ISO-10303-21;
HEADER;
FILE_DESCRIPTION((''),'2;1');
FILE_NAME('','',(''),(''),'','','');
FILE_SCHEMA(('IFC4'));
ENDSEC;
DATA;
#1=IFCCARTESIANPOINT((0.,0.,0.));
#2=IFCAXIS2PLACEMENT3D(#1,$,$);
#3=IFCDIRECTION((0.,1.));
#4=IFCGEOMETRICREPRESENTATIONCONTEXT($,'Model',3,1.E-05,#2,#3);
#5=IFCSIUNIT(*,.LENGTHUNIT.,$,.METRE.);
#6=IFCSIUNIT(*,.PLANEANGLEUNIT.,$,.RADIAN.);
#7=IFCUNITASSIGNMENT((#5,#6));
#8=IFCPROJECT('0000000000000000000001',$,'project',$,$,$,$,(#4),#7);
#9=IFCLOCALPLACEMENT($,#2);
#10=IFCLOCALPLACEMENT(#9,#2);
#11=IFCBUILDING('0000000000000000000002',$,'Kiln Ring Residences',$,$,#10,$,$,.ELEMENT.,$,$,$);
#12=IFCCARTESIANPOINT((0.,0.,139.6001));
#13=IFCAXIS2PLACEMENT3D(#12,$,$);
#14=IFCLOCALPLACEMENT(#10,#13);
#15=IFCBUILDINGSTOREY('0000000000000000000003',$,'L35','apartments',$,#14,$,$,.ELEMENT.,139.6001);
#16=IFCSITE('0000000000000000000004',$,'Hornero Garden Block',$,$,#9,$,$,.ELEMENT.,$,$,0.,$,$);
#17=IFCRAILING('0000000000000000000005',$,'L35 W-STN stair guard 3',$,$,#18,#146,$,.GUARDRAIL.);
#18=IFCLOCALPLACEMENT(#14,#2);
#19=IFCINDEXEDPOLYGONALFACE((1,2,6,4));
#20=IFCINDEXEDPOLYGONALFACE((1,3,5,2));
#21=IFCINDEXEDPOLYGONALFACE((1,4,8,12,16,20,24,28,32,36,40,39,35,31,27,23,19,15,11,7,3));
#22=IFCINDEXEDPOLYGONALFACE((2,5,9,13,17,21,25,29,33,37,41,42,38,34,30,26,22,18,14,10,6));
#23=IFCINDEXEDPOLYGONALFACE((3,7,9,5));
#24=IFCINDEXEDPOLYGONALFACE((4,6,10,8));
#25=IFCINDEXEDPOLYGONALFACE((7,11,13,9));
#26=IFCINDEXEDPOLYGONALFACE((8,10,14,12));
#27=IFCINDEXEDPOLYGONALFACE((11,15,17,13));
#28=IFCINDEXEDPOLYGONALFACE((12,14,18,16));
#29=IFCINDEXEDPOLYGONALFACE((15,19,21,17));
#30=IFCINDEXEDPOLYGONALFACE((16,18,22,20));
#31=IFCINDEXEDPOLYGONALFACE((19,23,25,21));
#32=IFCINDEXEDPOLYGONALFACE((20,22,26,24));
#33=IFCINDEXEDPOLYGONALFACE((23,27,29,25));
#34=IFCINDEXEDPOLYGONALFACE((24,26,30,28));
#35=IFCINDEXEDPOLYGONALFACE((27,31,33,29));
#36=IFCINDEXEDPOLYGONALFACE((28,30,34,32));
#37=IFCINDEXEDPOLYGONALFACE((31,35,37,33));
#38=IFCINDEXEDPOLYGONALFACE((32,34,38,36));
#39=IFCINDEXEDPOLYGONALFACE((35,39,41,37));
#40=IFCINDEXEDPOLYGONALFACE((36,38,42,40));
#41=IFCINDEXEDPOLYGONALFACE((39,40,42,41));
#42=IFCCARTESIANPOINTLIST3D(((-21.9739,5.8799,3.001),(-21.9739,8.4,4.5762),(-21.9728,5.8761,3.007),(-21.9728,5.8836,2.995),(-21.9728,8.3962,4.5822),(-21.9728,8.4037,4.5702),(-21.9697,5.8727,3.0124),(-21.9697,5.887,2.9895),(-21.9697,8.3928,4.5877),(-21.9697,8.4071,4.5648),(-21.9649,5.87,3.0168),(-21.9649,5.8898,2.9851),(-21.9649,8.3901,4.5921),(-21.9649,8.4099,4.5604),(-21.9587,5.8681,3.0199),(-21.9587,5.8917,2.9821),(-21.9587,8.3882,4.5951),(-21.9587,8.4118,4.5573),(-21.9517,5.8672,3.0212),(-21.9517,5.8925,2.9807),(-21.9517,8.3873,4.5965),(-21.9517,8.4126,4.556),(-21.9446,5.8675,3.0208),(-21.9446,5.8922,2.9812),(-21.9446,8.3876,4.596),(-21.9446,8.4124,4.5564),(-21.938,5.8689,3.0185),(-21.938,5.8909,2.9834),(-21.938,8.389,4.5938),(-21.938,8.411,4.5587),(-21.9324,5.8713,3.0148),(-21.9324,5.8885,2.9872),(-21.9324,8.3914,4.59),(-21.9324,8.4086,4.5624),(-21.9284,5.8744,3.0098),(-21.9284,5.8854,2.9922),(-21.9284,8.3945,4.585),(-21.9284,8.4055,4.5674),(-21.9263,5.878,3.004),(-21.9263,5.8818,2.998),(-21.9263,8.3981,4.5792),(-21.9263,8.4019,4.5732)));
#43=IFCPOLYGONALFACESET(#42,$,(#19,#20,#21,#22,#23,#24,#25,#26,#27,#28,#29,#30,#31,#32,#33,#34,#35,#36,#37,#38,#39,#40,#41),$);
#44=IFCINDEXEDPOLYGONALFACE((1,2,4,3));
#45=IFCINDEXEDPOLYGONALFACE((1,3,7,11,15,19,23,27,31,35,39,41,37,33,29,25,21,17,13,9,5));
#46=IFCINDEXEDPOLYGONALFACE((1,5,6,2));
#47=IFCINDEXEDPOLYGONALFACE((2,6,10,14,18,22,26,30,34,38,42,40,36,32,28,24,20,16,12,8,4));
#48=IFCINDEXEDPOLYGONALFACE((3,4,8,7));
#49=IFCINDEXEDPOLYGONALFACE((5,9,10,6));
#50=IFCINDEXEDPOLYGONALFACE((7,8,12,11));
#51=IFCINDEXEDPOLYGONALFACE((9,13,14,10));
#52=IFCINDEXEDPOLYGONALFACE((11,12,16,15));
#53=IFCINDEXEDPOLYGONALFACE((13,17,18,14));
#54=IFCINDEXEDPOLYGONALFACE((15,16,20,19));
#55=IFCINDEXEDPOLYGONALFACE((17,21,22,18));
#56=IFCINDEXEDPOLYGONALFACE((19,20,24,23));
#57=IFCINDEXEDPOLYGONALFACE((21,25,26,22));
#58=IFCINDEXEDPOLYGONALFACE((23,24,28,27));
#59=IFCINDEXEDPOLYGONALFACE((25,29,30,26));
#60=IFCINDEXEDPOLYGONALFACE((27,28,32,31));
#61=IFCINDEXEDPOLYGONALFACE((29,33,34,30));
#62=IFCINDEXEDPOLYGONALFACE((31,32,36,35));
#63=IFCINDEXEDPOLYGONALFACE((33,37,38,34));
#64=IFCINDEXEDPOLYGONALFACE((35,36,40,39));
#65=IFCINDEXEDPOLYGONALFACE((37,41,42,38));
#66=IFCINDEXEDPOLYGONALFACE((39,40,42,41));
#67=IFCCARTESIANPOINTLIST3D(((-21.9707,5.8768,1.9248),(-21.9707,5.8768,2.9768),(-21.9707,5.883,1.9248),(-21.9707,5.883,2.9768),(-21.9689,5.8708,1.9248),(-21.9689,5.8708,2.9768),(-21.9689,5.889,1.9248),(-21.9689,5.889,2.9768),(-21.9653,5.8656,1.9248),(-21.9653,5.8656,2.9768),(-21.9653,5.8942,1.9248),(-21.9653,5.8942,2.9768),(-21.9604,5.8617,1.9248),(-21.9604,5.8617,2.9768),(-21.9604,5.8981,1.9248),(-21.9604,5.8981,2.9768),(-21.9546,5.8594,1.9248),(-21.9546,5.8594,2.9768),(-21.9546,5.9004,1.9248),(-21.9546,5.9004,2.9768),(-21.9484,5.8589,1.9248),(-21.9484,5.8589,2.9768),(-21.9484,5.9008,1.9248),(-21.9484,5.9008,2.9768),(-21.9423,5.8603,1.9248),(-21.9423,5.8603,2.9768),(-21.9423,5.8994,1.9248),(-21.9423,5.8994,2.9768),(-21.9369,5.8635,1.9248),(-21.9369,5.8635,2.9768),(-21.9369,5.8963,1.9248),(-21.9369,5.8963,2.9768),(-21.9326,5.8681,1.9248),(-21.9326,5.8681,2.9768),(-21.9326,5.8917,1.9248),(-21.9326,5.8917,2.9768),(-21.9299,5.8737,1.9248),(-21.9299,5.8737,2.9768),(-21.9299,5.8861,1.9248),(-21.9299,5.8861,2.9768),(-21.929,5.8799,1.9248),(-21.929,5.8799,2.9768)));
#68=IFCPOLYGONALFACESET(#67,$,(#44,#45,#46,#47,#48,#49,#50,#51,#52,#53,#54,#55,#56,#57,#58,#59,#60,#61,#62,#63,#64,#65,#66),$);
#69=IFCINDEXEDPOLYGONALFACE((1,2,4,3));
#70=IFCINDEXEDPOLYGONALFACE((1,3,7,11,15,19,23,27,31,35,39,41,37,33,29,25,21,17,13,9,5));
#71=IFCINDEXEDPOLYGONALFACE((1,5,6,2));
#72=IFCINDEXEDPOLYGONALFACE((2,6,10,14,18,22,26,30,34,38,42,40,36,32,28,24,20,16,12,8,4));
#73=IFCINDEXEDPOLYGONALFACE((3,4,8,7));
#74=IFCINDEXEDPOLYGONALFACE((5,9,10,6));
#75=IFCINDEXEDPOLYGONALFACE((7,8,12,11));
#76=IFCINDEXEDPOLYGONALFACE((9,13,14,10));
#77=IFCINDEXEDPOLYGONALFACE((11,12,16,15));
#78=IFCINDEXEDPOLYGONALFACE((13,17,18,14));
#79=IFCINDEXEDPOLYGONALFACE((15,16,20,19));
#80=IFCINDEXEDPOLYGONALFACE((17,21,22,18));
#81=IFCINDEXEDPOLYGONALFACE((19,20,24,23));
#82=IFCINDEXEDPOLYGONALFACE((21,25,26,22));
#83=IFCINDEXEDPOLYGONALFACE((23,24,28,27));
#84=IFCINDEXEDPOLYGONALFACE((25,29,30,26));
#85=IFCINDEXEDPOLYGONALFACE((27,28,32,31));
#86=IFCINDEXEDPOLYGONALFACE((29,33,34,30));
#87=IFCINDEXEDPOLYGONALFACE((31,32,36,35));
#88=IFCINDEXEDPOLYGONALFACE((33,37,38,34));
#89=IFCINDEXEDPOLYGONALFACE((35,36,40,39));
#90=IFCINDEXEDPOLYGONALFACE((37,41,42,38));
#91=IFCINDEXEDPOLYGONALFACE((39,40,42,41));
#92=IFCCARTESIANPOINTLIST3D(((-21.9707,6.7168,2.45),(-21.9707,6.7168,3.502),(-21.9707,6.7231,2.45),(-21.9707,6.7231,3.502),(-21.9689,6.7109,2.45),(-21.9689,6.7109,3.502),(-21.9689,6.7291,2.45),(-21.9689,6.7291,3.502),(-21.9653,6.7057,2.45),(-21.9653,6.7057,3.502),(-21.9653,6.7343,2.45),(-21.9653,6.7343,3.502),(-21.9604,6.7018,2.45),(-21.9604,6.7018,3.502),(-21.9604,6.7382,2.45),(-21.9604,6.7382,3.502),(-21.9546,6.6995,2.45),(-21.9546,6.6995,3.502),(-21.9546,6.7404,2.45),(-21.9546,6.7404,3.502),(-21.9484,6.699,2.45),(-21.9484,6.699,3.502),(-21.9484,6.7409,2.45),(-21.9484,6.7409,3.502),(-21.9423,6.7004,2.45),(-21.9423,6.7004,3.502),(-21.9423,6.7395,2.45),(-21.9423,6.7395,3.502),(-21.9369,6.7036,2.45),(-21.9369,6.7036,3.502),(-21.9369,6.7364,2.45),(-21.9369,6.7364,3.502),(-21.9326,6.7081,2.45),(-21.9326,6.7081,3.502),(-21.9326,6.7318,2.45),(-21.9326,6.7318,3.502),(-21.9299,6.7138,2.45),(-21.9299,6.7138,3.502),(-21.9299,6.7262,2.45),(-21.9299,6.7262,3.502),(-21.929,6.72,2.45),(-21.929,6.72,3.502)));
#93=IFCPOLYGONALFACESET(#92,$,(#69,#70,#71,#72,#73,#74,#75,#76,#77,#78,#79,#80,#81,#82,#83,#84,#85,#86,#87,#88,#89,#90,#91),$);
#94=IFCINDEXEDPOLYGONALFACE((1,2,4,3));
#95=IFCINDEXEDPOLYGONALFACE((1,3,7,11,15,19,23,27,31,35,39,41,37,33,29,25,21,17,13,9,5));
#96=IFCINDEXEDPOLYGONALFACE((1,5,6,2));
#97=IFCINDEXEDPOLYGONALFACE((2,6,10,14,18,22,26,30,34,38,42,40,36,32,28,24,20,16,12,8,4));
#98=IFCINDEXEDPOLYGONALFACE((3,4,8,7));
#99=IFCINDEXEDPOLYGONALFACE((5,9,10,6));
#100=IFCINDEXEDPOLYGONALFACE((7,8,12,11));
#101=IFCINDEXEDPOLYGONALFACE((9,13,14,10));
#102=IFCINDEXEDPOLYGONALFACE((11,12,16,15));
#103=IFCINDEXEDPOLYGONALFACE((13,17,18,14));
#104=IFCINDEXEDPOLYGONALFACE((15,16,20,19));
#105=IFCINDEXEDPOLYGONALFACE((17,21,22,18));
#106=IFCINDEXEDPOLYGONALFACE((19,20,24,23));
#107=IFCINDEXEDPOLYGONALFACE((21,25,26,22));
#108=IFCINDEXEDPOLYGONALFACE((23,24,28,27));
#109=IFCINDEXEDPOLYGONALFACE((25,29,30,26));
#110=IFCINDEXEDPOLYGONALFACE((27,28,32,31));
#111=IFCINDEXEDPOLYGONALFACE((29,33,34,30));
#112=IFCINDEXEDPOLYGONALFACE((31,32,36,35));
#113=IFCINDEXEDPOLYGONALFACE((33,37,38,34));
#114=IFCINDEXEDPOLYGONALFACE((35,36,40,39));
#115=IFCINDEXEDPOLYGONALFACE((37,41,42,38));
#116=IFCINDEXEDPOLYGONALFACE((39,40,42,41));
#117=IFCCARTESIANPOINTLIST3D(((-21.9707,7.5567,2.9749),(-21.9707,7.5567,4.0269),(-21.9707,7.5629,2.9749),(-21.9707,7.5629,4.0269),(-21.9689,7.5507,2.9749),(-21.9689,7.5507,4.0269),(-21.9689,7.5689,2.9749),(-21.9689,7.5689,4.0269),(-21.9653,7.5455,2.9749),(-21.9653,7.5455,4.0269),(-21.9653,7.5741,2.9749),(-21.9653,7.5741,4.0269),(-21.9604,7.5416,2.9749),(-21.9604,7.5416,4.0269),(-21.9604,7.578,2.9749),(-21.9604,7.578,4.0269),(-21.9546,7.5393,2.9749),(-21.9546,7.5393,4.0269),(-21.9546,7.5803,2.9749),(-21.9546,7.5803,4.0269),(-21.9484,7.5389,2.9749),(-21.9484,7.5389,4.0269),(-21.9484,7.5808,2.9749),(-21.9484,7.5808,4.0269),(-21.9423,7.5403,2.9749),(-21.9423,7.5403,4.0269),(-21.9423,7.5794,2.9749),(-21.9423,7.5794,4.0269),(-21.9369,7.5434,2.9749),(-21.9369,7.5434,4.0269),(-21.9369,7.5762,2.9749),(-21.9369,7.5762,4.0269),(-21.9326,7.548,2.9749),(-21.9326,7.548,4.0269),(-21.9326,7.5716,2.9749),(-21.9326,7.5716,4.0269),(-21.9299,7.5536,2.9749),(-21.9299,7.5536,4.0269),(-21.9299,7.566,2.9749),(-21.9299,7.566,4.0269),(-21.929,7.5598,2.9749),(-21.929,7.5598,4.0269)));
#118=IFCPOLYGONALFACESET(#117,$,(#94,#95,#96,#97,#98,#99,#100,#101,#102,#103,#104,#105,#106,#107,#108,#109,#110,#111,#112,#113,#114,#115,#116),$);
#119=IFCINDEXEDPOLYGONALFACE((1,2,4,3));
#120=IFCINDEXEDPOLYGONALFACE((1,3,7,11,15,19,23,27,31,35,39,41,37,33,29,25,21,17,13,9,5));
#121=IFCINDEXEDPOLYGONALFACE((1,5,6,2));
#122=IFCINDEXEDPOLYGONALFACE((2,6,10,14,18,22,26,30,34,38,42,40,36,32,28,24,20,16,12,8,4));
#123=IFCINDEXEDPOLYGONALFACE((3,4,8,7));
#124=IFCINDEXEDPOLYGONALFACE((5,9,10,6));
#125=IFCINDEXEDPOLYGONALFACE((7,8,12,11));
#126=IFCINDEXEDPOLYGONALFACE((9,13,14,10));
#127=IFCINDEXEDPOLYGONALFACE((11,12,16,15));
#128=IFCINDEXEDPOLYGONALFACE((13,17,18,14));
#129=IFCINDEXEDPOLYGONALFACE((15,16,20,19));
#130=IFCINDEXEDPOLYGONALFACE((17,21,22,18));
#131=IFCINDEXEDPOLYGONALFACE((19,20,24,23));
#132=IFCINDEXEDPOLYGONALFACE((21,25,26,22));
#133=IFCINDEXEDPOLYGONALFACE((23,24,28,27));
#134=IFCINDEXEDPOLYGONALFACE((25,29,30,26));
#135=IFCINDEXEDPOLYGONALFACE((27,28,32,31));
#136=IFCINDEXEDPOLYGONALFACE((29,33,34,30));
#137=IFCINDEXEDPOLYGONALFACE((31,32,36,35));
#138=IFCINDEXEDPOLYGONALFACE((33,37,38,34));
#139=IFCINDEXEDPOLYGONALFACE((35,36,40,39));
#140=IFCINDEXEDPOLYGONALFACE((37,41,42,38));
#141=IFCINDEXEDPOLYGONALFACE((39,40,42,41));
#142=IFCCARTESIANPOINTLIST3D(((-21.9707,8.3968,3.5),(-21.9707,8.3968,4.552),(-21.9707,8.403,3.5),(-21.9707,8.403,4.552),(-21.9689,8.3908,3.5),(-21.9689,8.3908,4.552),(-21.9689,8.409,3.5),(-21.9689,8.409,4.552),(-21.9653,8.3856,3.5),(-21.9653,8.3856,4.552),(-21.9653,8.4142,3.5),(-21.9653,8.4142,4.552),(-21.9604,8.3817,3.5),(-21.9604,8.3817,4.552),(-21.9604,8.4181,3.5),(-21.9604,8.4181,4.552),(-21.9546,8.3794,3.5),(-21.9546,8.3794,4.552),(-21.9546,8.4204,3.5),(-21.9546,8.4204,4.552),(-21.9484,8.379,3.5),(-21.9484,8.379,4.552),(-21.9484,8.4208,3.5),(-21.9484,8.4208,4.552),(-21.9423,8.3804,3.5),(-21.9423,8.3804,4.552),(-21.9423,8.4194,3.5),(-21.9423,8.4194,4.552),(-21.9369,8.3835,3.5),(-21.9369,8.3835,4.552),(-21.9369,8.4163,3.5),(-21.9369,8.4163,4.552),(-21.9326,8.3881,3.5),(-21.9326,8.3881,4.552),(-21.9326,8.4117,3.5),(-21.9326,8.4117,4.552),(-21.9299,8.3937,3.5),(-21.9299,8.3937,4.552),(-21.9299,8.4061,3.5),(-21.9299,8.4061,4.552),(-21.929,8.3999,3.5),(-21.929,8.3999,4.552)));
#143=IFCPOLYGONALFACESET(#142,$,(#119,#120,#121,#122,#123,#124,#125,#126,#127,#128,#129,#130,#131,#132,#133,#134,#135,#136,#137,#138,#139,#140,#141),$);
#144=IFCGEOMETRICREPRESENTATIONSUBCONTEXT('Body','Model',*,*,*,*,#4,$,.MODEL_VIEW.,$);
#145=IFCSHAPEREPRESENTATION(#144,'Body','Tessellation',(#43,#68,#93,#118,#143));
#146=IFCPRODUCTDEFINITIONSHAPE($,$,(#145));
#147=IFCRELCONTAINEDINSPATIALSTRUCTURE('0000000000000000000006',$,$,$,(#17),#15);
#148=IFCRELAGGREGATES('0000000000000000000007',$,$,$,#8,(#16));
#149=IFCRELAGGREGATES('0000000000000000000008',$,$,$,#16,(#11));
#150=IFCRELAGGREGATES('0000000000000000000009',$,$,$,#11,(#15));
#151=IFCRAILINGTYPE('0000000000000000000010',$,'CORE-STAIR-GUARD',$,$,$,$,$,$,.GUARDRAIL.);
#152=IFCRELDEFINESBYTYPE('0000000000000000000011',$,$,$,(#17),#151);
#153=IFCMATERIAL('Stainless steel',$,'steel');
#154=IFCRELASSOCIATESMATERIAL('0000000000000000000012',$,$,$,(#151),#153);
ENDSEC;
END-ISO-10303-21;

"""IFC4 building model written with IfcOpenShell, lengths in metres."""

from ifc_helpers import new_model, si_unit, direction, frame, origin, origin_2d, place, context, subcontext, project, spatial, circle, extrude, material, type_object, element, save


model = new_model("IFC4")

# Units and contexts
model_context = context("Model", 3, precision=1e-05, world=origin(), true_north=direction((0.0, 1.0)))
body_context = subcontext(model_context, "Body", "Model", "MODEL_VIEW")
ifc_project = project(units=[si_unit("LENGTHUNIT", "METRE"), si_unit("PLANEANGLEUNIT", "RADIAN")], contexts=[model_context])

# Site, building, storey
site_placement = place(None, origin())
site = spatial("IfcSite", under=ifc_project, at=site_placement, Name="Hornero Garden Block", CompositionType="ELEMENT", RefElevation=0.0)
building_placement = place(site_placement, origin())
building = spatial("IfcBuilding", under=site, at=building_placement, Name="Kiln Ring Residences", CompositionType="ELEMENT")
storey_placement = place(building_placement, frame((0.0, 0.0, 139.6001)))
storey = spatial("IfcBuildingStorey", under=building, at=storey_placement, Name="L35", Description="apartments", CompositionType="ELEMENT", Elevation=139.6001)

# Railing
ifc_material_1 = material(Name="Stainless steel", Category="steel")
railing_type_1 = type_object("IfcRailingType", Name="CORE-STAIR-GUARD", PredefinedType="GUARDRAIL", material=ifc_material_1)
railing_1_placement = place(storey_placement, frame((-21.95, 5.8799, 1.9248)))
element("IfcRailing", 1, at=railing_1_placement, inside=storey, type_object=railing_type_1, Name="L35 W-STN stair guard 3", PredefinedType="GUARDRAIL", context=body_context, shape_type="SweptSolid", body=[
    extrude(circle(Radius=0.0239, at=origin_2d()), frame((0.0, 0.0, 1.0762), z_axis=(0.0, 0.847971, 0.530043), x_axis=(-1.0, 0.0, 0.0)), (0.0, 0.0, 1.0), 2.9719),
    extrude(circle(Radius=0.021, at=origin_2d()), origin(), (0.0, 0.0, 1.0), 1.052),
    extrude(circle(Radius=0.021, at=origin_2d()), frame((0.0, 0.8401, 0.5251)), (0.0, 0.0, 1.0), 1.052),
    extrude(circle(Radius=0.021, at=origin_2d()), frame((0.0, 1.6799, 1.05)), (0.0, 0.0, 1.0), 1.052),
    extrude(circle(Radius=0.021, at=origin_2d()), frame((0.0, 2.52, 1.5752)), (0.0, 0.0, 1.0), 1.052),
])

save(model, "model.ifc")
